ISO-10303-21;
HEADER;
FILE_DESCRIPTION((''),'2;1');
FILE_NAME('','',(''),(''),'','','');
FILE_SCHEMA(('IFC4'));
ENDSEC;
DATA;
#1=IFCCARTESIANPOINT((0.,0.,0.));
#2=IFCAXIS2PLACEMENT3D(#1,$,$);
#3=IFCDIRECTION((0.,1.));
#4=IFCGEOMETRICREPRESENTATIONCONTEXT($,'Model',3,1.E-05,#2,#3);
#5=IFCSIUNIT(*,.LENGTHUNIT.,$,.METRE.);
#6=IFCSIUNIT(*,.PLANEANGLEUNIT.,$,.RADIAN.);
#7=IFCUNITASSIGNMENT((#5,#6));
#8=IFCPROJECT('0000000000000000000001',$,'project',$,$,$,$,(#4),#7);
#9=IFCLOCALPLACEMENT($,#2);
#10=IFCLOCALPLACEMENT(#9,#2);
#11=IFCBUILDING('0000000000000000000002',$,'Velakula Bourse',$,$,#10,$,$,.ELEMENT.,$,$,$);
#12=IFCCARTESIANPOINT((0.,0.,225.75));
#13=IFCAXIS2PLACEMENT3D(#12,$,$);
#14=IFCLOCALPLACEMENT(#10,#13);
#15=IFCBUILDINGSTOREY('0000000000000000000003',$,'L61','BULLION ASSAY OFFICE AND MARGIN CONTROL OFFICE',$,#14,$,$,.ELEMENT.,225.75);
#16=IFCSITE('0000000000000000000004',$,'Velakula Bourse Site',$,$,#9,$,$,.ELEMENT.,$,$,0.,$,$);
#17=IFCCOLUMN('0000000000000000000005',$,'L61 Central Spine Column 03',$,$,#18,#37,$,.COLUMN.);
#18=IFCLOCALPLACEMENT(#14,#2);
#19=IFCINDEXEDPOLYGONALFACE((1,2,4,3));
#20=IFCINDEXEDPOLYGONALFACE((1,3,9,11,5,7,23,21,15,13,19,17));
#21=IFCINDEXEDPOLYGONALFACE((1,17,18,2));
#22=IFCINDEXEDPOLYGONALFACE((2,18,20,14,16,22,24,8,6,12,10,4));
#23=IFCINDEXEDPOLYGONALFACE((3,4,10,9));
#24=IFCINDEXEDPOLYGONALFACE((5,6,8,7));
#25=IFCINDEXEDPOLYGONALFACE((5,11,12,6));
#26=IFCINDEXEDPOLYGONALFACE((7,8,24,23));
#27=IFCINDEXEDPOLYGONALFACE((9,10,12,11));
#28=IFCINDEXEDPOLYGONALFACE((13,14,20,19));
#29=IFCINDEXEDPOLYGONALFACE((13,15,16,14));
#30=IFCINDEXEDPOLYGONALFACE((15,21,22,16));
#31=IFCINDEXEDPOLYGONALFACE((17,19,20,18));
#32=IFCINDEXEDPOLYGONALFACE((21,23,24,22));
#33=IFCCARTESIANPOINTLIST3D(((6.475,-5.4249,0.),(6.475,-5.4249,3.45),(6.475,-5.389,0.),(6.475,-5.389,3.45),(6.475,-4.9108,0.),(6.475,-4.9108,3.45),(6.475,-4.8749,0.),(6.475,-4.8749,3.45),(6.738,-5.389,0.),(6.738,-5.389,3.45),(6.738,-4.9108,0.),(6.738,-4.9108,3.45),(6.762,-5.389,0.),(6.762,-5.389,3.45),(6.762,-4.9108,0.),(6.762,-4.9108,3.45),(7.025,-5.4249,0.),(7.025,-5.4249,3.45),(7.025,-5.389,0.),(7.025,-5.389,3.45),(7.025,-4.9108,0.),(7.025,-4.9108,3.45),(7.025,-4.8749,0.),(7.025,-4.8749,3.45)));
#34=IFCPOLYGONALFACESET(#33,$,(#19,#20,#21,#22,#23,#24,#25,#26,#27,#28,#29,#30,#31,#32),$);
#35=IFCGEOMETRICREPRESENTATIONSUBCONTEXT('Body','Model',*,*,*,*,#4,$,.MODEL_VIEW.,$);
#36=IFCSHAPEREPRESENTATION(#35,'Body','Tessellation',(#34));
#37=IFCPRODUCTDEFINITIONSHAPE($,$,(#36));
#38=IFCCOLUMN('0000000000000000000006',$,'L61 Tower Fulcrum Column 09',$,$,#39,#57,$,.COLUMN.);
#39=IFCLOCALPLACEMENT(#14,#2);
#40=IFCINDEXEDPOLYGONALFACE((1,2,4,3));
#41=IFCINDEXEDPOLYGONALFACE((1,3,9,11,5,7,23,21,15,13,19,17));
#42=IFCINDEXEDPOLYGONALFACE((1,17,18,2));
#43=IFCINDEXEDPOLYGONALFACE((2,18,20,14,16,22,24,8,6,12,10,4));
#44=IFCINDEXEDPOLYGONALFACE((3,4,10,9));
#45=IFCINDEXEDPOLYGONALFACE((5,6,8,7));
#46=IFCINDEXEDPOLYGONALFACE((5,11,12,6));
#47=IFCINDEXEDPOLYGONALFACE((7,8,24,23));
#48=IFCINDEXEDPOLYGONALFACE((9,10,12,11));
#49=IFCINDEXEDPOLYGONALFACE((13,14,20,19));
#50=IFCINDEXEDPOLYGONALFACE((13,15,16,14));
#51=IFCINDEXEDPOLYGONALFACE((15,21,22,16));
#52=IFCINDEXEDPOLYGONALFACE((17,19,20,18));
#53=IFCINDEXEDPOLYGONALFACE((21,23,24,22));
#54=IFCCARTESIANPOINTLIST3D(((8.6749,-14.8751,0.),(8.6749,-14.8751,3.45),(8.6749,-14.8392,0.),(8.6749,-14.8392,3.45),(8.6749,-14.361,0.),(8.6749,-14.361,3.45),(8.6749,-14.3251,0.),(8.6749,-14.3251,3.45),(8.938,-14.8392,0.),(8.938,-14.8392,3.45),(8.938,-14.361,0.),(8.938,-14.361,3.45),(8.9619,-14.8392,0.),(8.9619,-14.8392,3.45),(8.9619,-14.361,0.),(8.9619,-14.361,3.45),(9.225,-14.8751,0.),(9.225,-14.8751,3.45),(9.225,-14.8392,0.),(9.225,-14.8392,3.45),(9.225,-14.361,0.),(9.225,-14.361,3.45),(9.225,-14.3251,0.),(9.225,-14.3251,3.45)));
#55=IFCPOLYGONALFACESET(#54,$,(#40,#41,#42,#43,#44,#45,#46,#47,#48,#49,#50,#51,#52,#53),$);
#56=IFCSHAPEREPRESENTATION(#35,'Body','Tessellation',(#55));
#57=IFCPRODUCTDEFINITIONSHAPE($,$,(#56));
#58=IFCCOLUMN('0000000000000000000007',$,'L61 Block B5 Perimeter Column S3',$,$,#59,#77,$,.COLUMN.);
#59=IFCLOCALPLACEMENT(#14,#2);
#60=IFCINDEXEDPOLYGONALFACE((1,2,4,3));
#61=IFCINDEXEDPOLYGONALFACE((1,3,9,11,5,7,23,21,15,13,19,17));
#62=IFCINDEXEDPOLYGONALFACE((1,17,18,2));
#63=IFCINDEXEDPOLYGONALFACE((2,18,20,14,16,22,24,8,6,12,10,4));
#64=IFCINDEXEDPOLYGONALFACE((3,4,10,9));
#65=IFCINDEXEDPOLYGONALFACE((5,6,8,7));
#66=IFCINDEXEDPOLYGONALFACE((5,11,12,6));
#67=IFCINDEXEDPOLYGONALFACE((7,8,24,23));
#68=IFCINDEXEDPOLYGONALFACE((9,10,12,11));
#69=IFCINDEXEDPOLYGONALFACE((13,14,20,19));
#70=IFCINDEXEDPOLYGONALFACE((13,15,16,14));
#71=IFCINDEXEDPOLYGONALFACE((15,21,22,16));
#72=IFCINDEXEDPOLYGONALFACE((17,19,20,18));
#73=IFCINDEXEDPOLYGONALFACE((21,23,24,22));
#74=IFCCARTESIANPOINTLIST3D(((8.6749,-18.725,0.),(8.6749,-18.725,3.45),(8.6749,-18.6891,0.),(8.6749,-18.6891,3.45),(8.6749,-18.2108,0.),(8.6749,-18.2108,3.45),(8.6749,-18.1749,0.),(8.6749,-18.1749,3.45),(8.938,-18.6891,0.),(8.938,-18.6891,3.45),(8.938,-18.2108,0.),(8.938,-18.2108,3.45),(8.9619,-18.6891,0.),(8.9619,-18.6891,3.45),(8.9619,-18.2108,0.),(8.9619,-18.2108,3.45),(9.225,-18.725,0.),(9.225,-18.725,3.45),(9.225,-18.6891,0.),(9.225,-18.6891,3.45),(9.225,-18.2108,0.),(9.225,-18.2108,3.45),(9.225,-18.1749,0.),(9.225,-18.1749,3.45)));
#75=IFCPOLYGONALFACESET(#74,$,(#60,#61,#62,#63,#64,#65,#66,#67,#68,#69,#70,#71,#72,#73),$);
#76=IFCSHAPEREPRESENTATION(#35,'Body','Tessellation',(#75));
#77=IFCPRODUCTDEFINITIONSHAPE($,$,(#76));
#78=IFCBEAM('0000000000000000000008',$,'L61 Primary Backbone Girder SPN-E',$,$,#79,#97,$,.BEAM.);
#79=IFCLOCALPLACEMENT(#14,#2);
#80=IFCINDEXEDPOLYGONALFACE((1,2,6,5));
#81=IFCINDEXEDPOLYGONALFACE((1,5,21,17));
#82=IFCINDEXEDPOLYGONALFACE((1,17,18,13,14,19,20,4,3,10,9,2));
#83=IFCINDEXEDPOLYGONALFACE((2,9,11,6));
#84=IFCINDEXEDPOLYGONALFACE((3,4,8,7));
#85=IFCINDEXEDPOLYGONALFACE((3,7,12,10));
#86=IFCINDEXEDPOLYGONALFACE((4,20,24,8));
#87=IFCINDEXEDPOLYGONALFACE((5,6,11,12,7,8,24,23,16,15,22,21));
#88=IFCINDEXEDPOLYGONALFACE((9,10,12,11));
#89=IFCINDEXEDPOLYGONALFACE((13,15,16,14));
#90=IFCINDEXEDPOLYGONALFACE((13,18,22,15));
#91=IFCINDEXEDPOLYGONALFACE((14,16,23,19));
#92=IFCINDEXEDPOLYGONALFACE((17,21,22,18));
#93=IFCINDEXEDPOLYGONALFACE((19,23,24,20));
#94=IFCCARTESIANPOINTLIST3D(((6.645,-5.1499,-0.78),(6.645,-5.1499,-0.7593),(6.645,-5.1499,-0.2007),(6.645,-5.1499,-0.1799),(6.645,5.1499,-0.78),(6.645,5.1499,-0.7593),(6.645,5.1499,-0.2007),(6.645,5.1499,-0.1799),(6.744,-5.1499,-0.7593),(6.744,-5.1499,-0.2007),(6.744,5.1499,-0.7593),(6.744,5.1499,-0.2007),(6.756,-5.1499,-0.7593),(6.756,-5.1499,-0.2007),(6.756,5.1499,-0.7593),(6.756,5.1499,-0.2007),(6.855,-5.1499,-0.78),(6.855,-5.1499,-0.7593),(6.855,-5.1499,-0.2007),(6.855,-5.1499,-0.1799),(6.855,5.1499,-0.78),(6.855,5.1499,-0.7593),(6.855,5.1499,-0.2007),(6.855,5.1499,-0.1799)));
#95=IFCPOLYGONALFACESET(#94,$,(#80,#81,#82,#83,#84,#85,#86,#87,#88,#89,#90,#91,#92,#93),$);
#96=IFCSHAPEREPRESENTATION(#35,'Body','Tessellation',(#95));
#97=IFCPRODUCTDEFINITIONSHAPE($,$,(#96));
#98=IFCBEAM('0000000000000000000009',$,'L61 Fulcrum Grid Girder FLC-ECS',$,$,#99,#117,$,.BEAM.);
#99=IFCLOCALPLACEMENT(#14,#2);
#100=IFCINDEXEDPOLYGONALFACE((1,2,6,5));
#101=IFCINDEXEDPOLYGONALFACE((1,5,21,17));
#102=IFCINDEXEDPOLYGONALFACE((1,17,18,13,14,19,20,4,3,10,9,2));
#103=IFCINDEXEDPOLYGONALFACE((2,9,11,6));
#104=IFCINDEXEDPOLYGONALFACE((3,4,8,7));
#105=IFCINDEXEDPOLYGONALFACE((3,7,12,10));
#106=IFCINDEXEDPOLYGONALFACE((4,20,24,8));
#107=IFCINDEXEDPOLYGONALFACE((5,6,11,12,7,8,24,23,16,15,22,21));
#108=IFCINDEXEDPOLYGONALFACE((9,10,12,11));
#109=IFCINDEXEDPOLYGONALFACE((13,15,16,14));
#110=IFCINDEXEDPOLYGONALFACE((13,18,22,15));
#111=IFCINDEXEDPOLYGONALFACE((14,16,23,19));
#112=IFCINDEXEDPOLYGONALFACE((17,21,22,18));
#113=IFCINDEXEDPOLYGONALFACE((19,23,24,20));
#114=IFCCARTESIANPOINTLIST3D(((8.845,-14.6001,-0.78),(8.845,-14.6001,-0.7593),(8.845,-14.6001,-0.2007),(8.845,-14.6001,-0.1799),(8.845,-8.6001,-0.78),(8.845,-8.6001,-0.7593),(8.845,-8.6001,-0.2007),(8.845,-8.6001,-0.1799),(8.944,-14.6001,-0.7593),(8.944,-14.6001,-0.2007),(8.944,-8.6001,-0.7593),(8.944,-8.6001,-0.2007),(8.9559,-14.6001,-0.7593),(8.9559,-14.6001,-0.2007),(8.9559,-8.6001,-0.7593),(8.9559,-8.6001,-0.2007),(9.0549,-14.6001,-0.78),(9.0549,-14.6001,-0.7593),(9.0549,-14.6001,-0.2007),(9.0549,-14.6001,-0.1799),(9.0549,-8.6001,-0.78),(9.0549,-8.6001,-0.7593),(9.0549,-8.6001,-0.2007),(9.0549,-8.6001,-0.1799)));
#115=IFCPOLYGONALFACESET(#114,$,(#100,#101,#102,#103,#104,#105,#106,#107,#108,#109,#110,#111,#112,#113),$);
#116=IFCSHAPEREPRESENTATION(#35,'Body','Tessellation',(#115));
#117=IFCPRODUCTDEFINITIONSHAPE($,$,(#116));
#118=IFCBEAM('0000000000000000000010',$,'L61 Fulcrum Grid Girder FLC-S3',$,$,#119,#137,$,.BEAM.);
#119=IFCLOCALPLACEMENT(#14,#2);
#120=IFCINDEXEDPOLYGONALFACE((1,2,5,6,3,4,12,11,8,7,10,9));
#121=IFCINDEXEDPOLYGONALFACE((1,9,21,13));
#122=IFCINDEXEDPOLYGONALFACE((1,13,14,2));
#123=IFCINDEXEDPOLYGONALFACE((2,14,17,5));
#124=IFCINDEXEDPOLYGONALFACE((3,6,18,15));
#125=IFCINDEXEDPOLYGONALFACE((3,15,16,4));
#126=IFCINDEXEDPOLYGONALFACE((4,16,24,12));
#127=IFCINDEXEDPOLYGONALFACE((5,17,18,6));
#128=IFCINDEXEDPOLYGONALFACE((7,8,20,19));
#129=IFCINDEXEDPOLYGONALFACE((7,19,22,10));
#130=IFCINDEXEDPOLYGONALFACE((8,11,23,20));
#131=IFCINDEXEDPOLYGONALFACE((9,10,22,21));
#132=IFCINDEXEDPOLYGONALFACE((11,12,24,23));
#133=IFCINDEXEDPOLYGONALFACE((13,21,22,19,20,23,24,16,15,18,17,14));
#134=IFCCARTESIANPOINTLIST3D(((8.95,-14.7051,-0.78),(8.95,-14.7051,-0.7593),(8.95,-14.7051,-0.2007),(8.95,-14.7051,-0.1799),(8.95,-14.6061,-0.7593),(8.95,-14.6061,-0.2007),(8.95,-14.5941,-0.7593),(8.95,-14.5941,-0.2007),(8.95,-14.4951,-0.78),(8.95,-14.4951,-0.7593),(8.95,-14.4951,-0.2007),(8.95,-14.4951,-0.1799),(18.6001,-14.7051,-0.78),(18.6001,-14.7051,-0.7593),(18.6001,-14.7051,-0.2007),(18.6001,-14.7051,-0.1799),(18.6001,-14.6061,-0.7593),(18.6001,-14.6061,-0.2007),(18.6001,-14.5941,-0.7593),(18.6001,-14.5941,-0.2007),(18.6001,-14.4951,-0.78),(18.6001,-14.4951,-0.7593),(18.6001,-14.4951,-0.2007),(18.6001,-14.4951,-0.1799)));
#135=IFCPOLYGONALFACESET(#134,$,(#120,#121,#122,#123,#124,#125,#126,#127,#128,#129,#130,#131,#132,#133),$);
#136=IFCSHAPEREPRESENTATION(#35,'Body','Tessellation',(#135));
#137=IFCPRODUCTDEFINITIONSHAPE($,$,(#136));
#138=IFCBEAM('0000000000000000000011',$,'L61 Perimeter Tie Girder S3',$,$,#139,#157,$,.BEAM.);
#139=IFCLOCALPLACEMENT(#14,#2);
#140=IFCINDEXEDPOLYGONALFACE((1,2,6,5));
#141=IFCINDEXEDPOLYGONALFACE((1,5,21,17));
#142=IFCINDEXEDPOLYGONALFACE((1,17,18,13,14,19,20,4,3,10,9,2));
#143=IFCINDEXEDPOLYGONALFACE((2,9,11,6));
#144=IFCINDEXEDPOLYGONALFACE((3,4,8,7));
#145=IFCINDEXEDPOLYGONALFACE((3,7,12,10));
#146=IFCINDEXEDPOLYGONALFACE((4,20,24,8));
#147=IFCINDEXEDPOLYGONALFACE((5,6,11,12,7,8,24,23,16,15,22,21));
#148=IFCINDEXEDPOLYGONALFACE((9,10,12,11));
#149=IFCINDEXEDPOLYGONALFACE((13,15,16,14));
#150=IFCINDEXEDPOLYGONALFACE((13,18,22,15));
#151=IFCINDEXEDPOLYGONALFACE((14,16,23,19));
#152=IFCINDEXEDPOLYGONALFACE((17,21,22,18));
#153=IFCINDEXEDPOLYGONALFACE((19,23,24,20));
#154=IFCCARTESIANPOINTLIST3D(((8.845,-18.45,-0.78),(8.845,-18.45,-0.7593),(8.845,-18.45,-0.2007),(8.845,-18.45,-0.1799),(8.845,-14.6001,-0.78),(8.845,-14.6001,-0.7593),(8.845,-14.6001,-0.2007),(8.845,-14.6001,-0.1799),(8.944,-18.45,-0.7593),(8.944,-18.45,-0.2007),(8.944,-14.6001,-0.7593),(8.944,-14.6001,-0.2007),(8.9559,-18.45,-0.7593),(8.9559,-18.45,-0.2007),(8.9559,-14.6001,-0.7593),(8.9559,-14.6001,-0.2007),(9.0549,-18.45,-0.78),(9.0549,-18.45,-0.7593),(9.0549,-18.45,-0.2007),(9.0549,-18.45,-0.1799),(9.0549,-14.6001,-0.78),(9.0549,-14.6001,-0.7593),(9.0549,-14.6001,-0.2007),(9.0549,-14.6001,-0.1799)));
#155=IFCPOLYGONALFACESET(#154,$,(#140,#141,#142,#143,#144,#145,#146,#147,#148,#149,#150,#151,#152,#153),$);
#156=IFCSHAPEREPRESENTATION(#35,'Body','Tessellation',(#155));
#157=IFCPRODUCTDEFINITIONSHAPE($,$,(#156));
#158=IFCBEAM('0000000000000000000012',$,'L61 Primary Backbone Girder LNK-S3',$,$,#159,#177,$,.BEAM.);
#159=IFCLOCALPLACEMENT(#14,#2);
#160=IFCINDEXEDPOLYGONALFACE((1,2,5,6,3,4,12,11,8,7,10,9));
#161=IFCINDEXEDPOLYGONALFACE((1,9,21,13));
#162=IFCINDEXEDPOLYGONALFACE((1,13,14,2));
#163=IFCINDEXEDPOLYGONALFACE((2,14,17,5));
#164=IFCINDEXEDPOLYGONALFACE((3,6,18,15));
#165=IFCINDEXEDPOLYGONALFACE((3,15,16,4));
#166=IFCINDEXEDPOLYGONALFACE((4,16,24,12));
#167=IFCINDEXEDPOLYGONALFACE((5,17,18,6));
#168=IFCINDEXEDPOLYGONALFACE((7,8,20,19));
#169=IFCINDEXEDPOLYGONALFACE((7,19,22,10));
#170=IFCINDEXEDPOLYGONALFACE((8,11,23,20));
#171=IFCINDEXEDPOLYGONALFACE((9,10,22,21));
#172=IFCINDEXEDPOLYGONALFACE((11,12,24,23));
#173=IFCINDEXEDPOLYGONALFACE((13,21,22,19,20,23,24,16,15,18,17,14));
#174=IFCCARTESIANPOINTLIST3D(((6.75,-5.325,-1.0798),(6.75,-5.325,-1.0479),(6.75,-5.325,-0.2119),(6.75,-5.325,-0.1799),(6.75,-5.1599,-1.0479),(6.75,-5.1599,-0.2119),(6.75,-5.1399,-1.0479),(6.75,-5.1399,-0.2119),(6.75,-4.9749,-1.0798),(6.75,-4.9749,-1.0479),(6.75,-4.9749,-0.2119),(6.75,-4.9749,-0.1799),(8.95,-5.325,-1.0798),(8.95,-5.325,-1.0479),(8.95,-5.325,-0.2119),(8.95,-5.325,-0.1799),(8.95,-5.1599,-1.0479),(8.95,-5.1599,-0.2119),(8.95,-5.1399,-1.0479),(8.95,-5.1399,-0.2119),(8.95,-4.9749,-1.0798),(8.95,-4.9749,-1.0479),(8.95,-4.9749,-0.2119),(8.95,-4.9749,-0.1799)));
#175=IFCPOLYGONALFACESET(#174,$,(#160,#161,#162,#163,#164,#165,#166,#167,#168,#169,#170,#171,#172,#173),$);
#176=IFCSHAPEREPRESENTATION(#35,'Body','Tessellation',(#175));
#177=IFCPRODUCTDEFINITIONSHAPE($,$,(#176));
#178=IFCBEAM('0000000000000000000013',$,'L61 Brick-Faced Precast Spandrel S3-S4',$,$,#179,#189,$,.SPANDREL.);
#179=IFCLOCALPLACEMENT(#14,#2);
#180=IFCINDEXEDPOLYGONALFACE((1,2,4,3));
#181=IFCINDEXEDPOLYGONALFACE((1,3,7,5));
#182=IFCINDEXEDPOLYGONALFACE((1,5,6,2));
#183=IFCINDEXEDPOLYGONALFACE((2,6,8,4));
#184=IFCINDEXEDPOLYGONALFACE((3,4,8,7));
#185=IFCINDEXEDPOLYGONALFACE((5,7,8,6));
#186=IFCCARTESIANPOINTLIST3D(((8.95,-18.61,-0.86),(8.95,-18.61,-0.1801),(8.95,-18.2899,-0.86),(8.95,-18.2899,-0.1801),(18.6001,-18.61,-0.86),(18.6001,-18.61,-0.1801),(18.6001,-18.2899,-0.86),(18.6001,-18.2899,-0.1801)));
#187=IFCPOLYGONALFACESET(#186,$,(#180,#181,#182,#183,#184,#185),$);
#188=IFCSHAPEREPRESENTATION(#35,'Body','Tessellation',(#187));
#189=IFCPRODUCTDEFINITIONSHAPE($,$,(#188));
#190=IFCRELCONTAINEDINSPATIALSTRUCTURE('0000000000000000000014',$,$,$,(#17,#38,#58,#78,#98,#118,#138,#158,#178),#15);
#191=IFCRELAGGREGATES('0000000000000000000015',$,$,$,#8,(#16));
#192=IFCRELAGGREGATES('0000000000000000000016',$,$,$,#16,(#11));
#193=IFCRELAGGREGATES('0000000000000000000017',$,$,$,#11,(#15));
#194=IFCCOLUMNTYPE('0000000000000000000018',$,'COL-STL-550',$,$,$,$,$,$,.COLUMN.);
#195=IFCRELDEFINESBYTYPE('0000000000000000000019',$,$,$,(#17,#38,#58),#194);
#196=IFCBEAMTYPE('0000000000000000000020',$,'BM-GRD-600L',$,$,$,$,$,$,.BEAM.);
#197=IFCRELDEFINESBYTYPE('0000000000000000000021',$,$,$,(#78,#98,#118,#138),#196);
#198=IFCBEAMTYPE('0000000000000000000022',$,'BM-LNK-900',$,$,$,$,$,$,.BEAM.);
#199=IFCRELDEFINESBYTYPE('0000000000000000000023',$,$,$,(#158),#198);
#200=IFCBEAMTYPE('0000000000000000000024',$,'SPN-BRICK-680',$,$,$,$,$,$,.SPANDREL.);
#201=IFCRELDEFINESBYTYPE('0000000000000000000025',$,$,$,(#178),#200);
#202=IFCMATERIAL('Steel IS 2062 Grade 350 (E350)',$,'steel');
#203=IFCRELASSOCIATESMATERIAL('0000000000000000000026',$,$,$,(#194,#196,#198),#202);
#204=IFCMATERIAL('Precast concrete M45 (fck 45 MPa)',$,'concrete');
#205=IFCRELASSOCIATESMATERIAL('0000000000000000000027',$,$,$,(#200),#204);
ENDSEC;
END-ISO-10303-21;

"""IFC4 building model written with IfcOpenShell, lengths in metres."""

from ifc_helpers import new_model, si_unit, direction, frame, origin, origin_2d, place, context, subcontext, project, spatial, rectangle, i_section, extrude, material, material_profile, profile_set, type_object, element, save


model = new_model("IFC4")

# Units and contexts
model_context = context("Model", 3, precision=1e-05, world=origin(), true_north=direction((0.0, 1.0)))
body_context = subcontext(model_context, "Body", "Model", "MODEL_VIEW")
ifc_project = project(units=[si_unit("LENGTHUNIT", "METRE"), si_unit("PLANEANGLEUNIT", "RADIAN")], contexts=[model_context])

# Site, building, storey
site_placement = place(None, origin())
site = spatial("IfcSite", under=ifc_project, at=site_placement, Name="Velakula Bourse Site", CompositionType="ELEMENT", RefElevation=0.0)
building_placement = place(site_placement, origin())
building = spatial("IfcBuilding", under=site, at=building_placement, Name="Velakula Bourse", CompositionType="ELEMENT")
storey_placement = place(building_placement, frame((0.0, 0.0, 225.75)))
storey = spatial("IfcBuildingStorey", under=building, at=storey_placement, Name="L61", Description="BULLION ASSAY OFFICE AND MARGIN CONTROL OFFICE", CompositionType="ELEMENT", Elevation=225.75)

# Columns
ifc_material_1 = material(Name="Steel IS 2062 Grade 350 (E350)", Category="steel")
ifc_material_profile_1 = material_profile(ifc_material_1, i_section(OverallWidth=0.55, OverallDepth=0.55, WebThickness=0.0239, FlangeThickness=0.0359, at=origin_2d()), Name="Steel IS 2062 Grade 350 (E350)")
ifc_profile_set_1 = profile_set([ifc_material_profile_1], Name="Steel IS 2062 Grade 350 (E350)")
column_type = type_object("IfcColumnType", Name="COL-STL-550", PredefinedType="COLUMN", material=ifc_profile_set_1)
for number, where, z_axis, x_axis, name in (
    (1, (6.75, -5.1499, 0.0), (0.0, 0.0, 1.0), (1.0, 0.0, 0.0), "L61 Central Spine Column 03"),
    (2, (8.95, -14.6001, 0.0), (0.0, 0.0, 1.0), (1.0, 0.0, 0.0), "L61 Tower Fulcrum Column 09"),
    (3, (8.95, -18.45, 0.0), (0.0, 0.0, 1.0), (1.0, 0.0, 0.0), "L61 Block B5 Perimeter Column S3"),
):
    element("IfcColumn", number, at=place(storey_placement, frame(where, z_axis=z_axis, x_axis=x_axis)), inside=storey, type_object=column_type, Name=name, PredefinedType="COLUMN", context=body_context, shape_type="SweptSolid", body=[
        extrude(i_section(OverallWidth=0.55, OverallDepth=0.55, WebThickness=0.0239, FlangeThickness=0.0359, at=origin_2d()), origin(), (0.0, 0.0, 1.0), 3.45),
    ])

# Beams
ifc_material_profile_2 = material_profile(ifc_material_1, i_section(OverallWidth=0.21, OverallDepth=0.6001, WebThickness=0.012, FlangeThickness=0.0208, at=origin_2d()), Name="Steel IS 2062 Grade 350 (E350)")
ifc_profile_set_2 = profile_set([ifc_material_profile_2], Name="Steel IS 2062 Grade 350 (E350)")
beam_type_1 = type_object("IfcBeamType", Name="BM-GRD-600L", PredefinedType="BEAM", material=ifc_profile_set_2)
beam_1_placement = place(storey_placement, frame((6.75, -5.1499, -0.48), z_axis=(0.0, 1.0, 0.0), x_axis=(-1.0, 0.0, 0.0)))
element("IfcBeam", 4, at=beam_1_placement, inside=storey, type_object=beam_type_1, Name="L61 Primary Backbone Girder SPN-E", PredefinedType="BEAM", context=body_context, shape_type="SweptSolid", body=[
    extrude(i_section(OverallWidth=0.21, OverallDepth=0.6001, WebThickness=0.012, FlangeThickness=0.0208, at=origin_2d()), origin(), (0.0, 0.0, 1.0), 10.2998),
])
beam_2_placement = place(storey_placement, frame((8.95, -14.6001, -0.48), z_axis=(0.0, 1.0, 0.0), x_axis=(-1.0, 0.0, 0.0)))
element("IfcBeam", 5, at=beam_2_placement, inside=storey, type_object=beam_type_1, Name="L61 Fulcrum Grid Girder FLC-ECS", PredefinedType="BEAM", context=body_context, shape_type="SweptSolid", body=[
    extrude(i_section(OverallWidth=0.21, OverallDepth=0.6001, WebThickness=0.012, FlangeThickness=0.0208, at=origin_2d()), origin(), (0.0, 0.0, 1.0), 6.0),
])
beam_3_placement = place(storey_placement, frame((8.95, -14.6001, -0.48), z_axis=(1.0, 0.0, 0.0), x_axis=(0.0, 1.0, 0.0)))
element("IfcBeam", 6, at=beam_3_placement, inside=storey, type_object=beam_type_1, Name="L61 Fulcrum Grid Girder FLC-S3", PredefinedType="BEAM", context=body_context, shape_type="SweptSolid", body=[
    extrude(i_section(OverallWidth=0.21, OverallDepth=0.6001, WebThickness=0.012, FlangeThickness=0.0208, at=origin_2d()), origin(), (0.0, 0.0, 1.0), 9.6501),
])
beam_4_placement = place(storey_placement, frame((8.95, -14.6001, -0.48), z_axis=(0.0, -1.0, 0.0), x_axis=(1.0, 0.0, 0.0)))
element("IfcBeam", 7, at=beam_4_placement, inside=storey, type_object=beam_type_1, Name="L61 Perimeter Tie Girder S3", PredefinedType="BEAM", context=body_context, shape_type="SweptSolid", body=[
    extrude(i_section(OverallWidth=0.21, OverallDepth=0.6001, WebThickness=0.012, FlangeThickness=0.0208, at=origin_2d()), origin(), (0.0, 0.0, 1.0), 3.8499),
])
ifc_material_profile_3 = material_profile(ifc_material_1, i_section(OverallWidth=0.3501, OverallDepth=0.8999, WebThickness=0.02, FlangeThickness=0.032, at=origin_2d()), Name="Steel IS 2062 Grade 350 (E350)")
ifc_profile_set_3 = profile_set([ifc_material_profile_3], Name="Steel IS 2062 Grade 350 (E350)")
beam_type_2 = type_object("IfcBeamType", Name="BM-LNK-900", PredefinedType="BEAM", material=ifc_profile_set_3)
beam_5_placement = place(storey_placement, frame((6.75, -5.1499, -0.6299), z_axis=(1.0, 0.0, 0.0), x_axis=(0.0, 1.0, 0.0)))
element("IfcBeam", 8, at=beam_5_placement, inside=storey, type_object=beam_type_2, Name="L61 Primary Backbone Girder LNK-S3", PredefinedType="BEAM", context=body_context, shape_type="SweptSolid", body=[
    extrude(i_section(OverallWidth=0.3501, OverallDepth=0.8999, WebThickness=0.02, FlangeThickness=0.032, at=origin_2d()), origin(), (0.0, 0.0, 1.0), 2.2),
])
ifc_material_2 = material(Name="Precast concrete M45 (fck 45 MPa)", Category="concrete")
ifc_material_profile_4 = material_profile(ifc_material_2, rectangle(XDim=0.3201, YDim=0.6799, at=origin_2d()), Name="Precast concrete M45 (fck 45 MPa)")
ifc_profile_set_4 = profile_set([ifc_material_profile_4], Name="Precast concrete M45 (fck 45 MPa)")
beam_type_3 = type_object("IfcBeamType", Name="SPN-BRICK-680", PredefinedType="SPANDREL", material=ifc_profile_set_4)
beam_6_placement = place(storey_placement, frame((8.95, -18.45, -0.52), z_axis=(1.0, 0.0, 0.0), x_axis=(0.0, 1.0, 0.0)))
element("IfcBeam", 9, at=beam_6_placement, inside=storey, type_object=beam_type_3, Name="L61 Brick-Faced Precast Spandrel S3-S4", PredefinedType="SPANDREL", context=body_context, shape_type="SweptSolid", body=[
    extrude(rectangle(XDim=0.3201, YDim=0.6799, at=origin_2d()), origin(), (0.0, 0.0, 1.0), 9.6501),
])

save(model, "model.ifc")
